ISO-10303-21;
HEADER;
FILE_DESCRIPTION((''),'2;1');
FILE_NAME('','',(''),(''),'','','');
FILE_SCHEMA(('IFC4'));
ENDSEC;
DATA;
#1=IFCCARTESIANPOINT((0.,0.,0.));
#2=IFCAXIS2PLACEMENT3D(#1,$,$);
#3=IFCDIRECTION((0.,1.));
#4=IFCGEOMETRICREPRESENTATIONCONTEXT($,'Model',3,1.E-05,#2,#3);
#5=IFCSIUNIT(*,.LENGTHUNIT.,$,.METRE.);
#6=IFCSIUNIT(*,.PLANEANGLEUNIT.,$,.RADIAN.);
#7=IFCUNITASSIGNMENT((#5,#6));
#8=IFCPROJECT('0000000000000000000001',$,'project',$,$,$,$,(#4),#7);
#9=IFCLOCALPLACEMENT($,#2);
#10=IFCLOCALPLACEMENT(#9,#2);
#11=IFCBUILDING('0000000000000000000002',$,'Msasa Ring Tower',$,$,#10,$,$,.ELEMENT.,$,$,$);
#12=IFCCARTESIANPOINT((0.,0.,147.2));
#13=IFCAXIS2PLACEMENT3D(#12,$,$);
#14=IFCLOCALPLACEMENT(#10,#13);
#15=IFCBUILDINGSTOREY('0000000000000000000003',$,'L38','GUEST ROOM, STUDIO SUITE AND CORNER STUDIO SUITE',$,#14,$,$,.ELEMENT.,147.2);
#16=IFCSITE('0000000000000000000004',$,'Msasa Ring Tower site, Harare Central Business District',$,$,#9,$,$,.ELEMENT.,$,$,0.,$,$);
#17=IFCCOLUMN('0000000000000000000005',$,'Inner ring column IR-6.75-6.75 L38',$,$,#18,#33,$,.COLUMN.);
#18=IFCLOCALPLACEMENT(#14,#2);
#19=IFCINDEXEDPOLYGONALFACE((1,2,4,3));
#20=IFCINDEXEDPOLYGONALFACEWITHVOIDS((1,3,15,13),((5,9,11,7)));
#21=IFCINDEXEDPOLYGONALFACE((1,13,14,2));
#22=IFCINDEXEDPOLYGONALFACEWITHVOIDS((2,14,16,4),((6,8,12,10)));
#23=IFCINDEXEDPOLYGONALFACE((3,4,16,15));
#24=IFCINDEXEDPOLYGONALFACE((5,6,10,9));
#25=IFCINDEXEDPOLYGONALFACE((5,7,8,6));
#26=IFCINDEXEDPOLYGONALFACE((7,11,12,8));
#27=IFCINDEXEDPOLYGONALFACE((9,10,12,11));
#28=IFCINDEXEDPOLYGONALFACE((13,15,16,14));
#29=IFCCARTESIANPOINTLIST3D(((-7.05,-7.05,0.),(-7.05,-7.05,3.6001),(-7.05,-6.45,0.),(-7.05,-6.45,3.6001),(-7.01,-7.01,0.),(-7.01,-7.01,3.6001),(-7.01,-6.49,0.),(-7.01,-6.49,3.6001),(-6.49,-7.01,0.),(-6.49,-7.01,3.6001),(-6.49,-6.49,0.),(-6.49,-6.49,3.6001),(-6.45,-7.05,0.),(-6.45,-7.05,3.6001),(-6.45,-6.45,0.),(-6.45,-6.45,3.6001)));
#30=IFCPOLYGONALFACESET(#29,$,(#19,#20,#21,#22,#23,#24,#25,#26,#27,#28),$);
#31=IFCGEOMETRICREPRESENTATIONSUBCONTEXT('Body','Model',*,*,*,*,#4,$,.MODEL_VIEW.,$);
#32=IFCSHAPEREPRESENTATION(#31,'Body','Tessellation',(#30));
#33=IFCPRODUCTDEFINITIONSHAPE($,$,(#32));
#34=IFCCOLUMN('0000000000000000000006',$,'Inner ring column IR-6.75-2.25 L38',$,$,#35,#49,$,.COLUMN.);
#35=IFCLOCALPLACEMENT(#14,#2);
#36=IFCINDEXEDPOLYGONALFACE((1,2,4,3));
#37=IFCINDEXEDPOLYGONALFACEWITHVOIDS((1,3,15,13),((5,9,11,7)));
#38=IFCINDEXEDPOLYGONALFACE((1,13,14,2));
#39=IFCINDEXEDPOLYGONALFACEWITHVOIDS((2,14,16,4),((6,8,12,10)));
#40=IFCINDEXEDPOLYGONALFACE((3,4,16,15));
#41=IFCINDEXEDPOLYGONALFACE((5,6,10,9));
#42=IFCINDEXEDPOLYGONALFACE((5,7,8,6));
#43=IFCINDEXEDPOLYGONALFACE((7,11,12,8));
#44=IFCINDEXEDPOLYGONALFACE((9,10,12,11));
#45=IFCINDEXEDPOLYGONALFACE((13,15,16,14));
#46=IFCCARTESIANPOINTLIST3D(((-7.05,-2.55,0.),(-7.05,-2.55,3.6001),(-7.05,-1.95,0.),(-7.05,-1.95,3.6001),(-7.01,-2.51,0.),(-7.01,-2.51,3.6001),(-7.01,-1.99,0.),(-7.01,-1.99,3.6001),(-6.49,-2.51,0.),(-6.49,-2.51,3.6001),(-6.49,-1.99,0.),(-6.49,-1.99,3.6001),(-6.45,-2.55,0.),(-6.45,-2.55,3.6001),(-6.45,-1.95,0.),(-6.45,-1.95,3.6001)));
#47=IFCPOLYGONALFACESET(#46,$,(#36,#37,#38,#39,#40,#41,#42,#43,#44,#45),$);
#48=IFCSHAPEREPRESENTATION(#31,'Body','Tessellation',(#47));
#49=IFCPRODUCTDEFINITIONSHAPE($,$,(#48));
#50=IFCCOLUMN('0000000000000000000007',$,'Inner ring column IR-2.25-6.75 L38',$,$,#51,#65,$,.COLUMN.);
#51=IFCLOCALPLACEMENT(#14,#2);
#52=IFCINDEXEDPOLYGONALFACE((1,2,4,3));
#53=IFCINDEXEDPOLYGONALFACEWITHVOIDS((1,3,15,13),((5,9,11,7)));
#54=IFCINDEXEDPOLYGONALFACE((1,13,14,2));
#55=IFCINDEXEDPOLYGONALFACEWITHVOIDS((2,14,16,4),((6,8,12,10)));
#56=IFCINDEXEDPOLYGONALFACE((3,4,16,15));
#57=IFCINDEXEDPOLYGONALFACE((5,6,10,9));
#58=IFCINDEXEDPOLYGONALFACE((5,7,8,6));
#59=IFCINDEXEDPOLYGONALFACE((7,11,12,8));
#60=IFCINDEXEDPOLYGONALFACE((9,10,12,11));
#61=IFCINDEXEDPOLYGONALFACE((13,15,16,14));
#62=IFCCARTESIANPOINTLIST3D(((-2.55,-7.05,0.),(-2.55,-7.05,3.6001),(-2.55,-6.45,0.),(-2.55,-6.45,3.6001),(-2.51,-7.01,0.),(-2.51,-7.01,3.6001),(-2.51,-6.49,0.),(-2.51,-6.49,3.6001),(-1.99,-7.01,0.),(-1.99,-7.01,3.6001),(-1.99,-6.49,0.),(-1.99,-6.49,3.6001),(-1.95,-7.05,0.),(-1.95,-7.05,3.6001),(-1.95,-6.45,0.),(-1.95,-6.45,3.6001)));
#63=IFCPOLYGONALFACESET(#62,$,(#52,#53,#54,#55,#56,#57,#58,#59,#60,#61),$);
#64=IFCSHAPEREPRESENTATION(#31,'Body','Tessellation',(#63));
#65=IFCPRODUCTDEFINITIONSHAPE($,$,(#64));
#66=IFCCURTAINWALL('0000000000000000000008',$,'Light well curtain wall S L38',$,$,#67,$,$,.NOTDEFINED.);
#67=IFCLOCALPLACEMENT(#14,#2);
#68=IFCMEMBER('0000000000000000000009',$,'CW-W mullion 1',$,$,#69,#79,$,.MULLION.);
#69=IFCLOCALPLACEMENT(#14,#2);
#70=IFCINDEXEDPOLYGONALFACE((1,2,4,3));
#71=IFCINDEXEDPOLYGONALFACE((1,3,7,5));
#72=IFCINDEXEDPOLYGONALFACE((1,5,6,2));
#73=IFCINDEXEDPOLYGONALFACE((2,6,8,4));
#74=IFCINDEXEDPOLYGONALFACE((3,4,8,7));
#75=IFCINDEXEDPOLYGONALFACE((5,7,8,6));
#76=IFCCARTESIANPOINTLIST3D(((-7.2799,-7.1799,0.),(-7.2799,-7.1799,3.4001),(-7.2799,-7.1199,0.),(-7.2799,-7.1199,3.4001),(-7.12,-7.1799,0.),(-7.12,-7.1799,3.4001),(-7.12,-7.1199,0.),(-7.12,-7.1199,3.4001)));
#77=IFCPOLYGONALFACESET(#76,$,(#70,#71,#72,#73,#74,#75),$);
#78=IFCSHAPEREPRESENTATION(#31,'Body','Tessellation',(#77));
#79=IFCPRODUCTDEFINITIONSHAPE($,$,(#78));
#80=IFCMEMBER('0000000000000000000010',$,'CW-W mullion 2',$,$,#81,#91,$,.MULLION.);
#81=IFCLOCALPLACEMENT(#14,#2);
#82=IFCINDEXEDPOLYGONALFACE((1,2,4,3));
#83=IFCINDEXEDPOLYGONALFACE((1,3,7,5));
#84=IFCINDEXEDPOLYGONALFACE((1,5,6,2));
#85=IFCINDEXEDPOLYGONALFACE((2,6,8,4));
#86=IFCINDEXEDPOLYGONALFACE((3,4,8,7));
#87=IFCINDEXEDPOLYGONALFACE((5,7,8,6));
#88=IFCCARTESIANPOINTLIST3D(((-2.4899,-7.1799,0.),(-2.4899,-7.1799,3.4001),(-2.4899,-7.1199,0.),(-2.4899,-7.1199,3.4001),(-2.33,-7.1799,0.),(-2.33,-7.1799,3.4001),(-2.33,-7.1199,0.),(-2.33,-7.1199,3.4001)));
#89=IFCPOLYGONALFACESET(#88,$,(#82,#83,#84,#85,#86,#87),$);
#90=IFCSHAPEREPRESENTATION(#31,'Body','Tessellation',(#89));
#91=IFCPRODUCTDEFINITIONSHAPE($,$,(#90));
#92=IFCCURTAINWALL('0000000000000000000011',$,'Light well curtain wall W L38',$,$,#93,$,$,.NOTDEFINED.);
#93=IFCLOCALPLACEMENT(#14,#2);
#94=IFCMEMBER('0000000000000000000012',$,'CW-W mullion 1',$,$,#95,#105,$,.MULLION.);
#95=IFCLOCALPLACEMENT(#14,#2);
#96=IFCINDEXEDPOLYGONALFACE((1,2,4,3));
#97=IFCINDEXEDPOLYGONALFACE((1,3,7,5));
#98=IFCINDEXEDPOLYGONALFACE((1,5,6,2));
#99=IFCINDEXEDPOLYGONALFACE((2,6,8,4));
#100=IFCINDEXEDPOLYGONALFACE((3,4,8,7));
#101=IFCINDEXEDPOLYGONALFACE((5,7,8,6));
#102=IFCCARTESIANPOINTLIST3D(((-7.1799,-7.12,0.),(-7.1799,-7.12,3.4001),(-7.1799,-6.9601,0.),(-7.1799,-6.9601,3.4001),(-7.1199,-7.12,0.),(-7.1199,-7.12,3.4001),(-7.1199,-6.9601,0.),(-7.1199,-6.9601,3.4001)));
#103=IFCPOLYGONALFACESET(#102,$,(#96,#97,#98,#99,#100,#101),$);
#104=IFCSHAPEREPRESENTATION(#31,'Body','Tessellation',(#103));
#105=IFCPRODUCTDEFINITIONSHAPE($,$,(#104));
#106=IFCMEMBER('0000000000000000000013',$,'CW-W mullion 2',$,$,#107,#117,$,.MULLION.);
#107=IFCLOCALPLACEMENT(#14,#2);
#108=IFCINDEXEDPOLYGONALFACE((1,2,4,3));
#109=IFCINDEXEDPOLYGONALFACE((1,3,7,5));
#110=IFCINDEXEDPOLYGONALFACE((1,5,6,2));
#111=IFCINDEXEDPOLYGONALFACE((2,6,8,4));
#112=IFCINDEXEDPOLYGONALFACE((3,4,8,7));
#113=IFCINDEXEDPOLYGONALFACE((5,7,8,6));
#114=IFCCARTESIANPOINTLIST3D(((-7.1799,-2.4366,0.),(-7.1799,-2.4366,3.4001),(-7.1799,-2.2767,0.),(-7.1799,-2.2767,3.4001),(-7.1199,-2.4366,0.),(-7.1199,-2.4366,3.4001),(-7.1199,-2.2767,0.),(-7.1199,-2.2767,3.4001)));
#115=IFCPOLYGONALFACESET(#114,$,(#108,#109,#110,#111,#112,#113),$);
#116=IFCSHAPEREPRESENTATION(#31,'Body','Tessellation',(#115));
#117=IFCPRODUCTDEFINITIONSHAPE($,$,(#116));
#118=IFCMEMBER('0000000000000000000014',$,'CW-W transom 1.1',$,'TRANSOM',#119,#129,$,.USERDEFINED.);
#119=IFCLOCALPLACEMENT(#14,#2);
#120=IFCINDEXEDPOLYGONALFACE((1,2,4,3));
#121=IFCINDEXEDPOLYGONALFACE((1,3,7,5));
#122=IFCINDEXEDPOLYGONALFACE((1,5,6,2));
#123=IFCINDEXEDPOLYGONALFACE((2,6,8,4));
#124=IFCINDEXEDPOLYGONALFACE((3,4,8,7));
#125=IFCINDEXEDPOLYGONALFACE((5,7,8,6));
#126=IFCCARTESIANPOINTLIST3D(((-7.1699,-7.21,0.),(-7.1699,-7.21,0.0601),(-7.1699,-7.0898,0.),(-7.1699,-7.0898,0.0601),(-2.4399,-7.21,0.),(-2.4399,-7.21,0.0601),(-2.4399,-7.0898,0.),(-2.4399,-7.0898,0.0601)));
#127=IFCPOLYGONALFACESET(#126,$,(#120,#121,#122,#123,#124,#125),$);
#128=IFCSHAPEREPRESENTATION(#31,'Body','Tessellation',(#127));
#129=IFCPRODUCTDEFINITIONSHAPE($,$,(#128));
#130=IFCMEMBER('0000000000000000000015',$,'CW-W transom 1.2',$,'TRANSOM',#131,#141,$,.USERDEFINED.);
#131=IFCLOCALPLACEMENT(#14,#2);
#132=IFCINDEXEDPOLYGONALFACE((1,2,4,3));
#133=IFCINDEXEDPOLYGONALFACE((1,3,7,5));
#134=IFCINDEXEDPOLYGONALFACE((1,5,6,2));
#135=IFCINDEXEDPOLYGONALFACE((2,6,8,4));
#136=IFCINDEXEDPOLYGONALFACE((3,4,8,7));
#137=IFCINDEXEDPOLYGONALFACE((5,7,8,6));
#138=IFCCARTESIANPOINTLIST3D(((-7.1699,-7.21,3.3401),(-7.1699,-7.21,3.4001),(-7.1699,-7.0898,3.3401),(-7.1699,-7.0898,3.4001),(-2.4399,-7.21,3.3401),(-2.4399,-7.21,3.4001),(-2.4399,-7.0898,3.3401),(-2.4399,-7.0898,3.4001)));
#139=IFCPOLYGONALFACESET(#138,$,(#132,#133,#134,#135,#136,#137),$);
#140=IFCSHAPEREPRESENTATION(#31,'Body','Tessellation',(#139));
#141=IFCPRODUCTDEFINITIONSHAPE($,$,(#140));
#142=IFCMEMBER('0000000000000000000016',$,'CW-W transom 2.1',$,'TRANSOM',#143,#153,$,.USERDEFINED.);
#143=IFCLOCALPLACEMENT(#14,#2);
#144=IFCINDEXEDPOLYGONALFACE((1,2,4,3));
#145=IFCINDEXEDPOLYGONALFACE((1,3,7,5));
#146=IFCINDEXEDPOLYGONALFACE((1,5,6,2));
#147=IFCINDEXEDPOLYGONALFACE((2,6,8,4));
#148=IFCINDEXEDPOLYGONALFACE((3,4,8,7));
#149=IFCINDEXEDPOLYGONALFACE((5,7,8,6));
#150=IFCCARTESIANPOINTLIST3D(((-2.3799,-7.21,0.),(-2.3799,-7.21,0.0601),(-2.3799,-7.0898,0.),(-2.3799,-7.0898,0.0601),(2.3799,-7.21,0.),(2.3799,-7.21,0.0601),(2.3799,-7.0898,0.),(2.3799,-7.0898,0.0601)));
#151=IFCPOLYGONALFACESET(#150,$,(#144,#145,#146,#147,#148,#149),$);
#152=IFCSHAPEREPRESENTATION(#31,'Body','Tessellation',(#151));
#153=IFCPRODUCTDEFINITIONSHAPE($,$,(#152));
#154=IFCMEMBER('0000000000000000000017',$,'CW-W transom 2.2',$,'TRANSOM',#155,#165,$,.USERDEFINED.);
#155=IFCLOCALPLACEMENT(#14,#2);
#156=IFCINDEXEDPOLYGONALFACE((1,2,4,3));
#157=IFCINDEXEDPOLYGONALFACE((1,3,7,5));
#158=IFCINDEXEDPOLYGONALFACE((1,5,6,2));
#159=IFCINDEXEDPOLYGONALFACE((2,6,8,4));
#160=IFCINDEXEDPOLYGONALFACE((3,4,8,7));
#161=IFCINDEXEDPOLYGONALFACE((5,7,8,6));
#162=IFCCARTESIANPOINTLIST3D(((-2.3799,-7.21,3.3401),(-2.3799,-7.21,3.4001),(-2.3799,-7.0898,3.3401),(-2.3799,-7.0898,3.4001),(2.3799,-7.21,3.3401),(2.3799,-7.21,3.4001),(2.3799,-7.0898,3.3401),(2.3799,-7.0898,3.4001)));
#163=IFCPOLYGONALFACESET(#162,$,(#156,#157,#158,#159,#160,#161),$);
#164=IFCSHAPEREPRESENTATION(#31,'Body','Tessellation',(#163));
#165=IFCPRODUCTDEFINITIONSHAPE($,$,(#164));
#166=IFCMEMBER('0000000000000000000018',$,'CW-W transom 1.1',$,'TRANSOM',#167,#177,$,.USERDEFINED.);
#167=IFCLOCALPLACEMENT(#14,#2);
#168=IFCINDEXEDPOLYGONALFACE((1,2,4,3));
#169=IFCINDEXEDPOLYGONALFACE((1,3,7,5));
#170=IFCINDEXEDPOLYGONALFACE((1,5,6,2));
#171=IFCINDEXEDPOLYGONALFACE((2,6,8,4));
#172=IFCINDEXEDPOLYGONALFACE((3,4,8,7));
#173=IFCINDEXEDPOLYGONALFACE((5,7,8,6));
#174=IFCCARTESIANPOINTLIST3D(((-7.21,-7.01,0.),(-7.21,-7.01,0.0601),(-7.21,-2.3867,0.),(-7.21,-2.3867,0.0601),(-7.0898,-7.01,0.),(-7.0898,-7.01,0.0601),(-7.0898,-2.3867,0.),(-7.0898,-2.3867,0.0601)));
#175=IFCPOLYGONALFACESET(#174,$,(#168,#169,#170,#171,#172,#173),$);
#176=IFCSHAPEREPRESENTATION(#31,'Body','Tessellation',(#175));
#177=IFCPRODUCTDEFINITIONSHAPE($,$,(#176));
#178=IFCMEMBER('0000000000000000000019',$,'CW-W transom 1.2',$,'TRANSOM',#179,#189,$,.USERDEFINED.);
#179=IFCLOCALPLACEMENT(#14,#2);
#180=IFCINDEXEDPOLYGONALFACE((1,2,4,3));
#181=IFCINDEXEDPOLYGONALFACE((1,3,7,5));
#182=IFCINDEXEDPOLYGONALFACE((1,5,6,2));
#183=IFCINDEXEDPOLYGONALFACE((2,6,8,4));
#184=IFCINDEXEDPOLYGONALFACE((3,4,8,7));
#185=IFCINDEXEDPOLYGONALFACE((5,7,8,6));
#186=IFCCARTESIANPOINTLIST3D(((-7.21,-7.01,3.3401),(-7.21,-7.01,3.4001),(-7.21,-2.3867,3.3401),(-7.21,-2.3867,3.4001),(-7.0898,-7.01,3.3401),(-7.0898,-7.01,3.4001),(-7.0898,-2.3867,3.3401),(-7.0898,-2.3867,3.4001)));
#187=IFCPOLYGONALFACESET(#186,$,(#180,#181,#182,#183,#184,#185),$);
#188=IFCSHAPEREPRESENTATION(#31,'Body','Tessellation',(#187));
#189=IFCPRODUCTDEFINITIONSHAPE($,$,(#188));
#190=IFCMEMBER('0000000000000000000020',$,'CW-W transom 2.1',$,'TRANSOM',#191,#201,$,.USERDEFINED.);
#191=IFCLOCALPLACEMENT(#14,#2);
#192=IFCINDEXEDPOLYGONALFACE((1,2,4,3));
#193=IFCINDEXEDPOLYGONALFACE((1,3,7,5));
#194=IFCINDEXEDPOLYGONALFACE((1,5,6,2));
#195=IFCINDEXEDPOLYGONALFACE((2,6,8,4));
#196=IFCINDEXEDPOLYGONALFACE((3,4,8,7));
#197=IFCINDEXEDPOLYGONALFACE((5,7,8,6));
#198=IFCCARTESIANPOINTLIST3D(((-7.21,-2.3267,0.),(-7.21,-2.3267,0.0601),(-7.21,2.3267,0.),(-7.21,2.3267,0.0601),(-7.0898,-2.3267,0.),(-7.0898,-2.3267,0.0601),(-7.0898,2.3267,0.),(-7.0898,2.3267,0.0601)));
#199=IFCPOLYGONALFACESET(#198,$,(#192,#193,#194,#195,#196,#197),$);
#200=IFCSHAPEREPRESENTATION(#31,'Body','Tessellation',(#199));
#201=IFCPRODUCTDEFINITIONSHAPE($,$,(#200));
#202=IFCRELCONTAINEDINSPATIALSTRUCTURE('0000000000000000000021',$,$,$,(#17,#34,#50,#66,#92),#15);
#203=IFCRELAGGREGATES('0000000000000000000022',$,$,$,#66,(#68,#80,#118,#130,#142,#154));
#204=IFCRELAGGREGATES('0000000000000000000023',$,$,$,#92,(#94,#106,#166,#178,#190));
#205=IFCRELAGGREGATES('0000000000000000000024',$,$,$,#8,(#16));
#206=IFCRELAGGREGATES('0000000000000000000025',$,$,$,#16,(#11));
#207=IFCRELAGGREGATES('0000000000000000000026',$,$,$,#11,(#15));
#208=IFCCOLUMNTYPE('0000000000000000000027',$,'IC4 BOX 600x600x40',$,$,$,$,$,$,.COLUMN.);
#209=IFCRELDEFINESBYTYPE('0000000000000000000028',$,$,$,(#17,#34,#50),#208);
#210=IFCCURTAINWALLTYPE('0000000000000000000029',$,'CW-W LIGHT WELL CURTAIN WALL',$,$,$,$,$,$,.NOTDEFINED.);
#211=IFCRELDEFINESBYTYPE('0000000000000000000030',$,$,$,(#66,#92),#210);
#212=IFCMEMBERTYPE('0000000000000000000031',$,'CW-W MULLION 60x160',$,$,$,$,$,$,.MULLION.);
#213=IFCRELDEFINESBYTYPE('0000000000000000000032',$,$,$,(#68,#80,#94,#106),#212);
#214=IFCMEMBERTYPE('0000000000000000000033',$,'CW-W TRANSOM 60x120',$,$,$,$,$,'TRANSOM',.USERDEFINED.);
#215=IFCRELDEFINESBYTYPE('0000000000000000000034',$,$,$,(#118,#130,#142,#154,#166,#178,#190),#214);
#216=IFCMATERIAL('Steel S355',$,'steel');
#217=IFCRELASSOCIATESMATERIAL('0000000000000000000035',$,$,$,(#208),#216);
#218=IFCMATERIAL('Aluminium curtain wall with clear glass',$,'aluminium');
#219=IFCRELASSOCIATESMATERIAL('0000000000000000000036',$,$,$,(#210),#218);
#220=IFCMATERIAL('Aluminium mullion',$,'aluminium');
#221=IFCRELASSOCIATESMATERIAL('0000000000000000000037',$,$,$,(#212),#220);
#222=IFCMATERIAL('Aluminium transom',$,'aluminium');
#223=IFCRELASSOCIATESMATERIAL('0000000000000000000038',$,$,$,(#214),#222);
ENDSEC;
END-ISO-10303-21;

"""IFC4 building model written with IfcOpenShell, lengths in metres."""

from ifc_helpers import new_model, si_unit, direction, frame, origin, origin_2d, place, context, subcontext, project, spatial, rectangle, hollow_rectangle, extrude, material, material_profile, profile_set, type_object, element, aggregate, save


model = new_model("IFC4")

# Units and contexts
model_context = context("Model", 3, precision=1e-05, world=origin(), true_north=direction((0.0, 1.0)))
body_context = subcontext(model_context, "Body", "Model", "MODEL_VIEW")
ifc_project = project(units=[si_unit("LENGTHUNIT", "METRE"), si_unit("PLANEANGLEUNIT", "RADIAN")], contexts=[model_context])

# Site, building, storey
site_placement = place(None, origin())
site = spatial("IfcSite", under=ifc_project, at=site_placement, Name="Msasa Ring Tower site, Harare Central Business District", CompositionType="ELEMENT", RefElevation=0.0)
building_placement = place(site_placement, origin())
building = spatial("IfcBuilding", under=site, at=building_placement, Name="Msasa Ring Tower", CompositionType="ELEMENT")
storey_placement = place(building_placement, frame((0.0, 0.0, 147.2)))
storey = spatial("IfcBuildingStorey", under=building, at=storey_placement, Name="L38", Description="GUEST ROOM, STUDIO SUITE AND CORNER STUDIO SUITE", CompositionType="ELEMENT", Elevation=147.2)

# Columns
ifc_material_1 = material(Name="Steel S355", Category="steel")
ifc_material_profile_1 = material_profile(ifc_material_1, hollow_rectangle(XDim=0.6001, YDim=0.6001, WallThickness=0.04, at=origin_2d()), Name="BOX 600x600x40")
ifc_profile_set_1 = profile_set([ifc_material_profile_1], Name="Steel S355")
column_type = type_object("IfcColumnType", Name="IC4 BOX 600x600x40", PredefinedType="COLUMN", material=ifc_profile_set_1)
for number, where, z_axis, x_axis, name in (
    (1, (-6.75, -6.75, 0.0), (0.0, 0.0, 1.0), (1.0, 0.0, 0.0), "Inner ring column IR-6.75-6.75 L38"),
    (2, (-6.75, -2.25, 0.0), (0.0, 0.0, 1.0), (1.0, 0.0, 0.0), "Inner ring column IR-6.75-2.25 L38"),
    (3, (-2.25, -6.75, 0.0), (0.0, 0.0, 1.0), (1.0, 0.0, 0.0), "Inner ring column IR-2.25-6.75 L38"),
):
    element("IfcColumn", number, at=place(storey_placement, frame(where, z_axis=z_axis, x_axis=x_axis)), inside=storey, type_object=column_type, Name=name, PredefinedType="COLUMN", context=body_context, shape_type="SweptSolid", body=[
        extrude(hollow_rectangle(XDim=0.6001, YDim=0.6001, WallThickness=0.04, at=origin_2d()), origin(), (0.0, 0.0, 1.0), 3.6001),
    ])

# Curtain walls, members
ifc_material_2 = material(Name="Aluminium curtain wall with clear glass", Category="aluminium")
curtain_wall_type = type_object("IfcCurtainWallType", Name="CW-W LIGHT WELL CURTAIN WALL", PredefinedType="NOTDEFINED", material=ifc_material_2)
curtain_wall_1_placement = place(storey_placement, origin())
curtain_wall_1 = element("IfcCurtainWall", 4, at=curtain_wall_1_placement, inside=storey, type_object=curtain_wall_type, Name="Light well curtain wall S L38", PredefinedType="NOTDEFINED")
ifc_material_3 = material(Name="Aluminium mullion", Category="aluminium")
ifc_material_profile_2 = material_profile(ifc_material_3, rectangle(XDim=0.0601, YDim=0.1599, at=origin_2d()), Name="AL 60x160")
ifc_profile_set_2 = profile_set([ifc_material_profile_2], Name="Aluminium mullion")
member_type_1 = type_object("IfcMemberType", Name="CW-W MULLION 60x160", PredefinedType="MULLION", material=ifc_profile_set_2)
member_1_placement = place(storey_placement, frame((-7.2, -7.1499, 0.0), z_axis=(0.0, 0.0, 1.0), x_axis=(0.0, 1.0, 0.0)))
member_1 = element("IfcMember", 5, at=member_1_placement, type_object=member_type_1, Name="CW-W mullion 1", PredefinedType="MULLION", context=body_context, shape_type="SweptSolid", body=[
    extrude(rectangle(XDim=0.0601, YDim=0.1599, at=origin_2d()), origin(), (0.0, 0.0, 1.0), 3.4001),
])
member_2_placement = place(storey_placement, frame((-2.4099, -7.1499, 0.0), z_axis=(0.0, 0.0, 1.0), x_axis=(0.0, 1.0, 0.0)))
member_2 = element("IfcMember", 6, at=member_2_placement, type_object=member_type_1, Name="CW-W mullion 2", PredefinedType="MULLION", context=body_context, shape_type="SweptSolid", body=[
    extrude(rectangle(XDim=0.0601, YDim=0.1599, at=origin_2d()), origin(), (0.0, 0.0, 1.0), 3.4001),
])
curtain_wall_2_placement = place(storey_placement, origin())
curtain_wall_2 = element("IfcCurtainWall", 7, at=curtain_wall_2_placement, inside=storey, type_object=curtain_wall_type, Name="Light well curtain wall W L38", PredefinedType="NOTDEFINED")
member_3_placement = place(storey_placement, frame((-7.1499, -7.04, 0.0), z_axis=(0.0, 0.0, 1.0), x_axis=(-1.0, 0.0, 0.0)))
member_3 = element("IfcMember", 8, at=member_3_placement, type_object=member_type_1, Name="CW-W mullion 1", PredefinedType="MULLION", context=body_context, shape_type="SweptSolid", body=[
    extrude(rectangle(XDim=0.0601, YDim=0.1599, at=origin_2d()), origin(), (0.0, 0.0, 1.0), 3.4001),
])
member_4_placement = place(storey_placement, frame((-7.1499, -2.3567, 0.0), z_axis=(0.0, 0.0, 1.0), x_axis=(-1.0, 0.0, 0.0)))
member_4 = element("IfcMember", 9, at=member_4_placement, type_object=member_type_1, Name="CW-W mullion 2", PredefinedType="MULLION", context=body_context, shape_type="SweptSolid", body=[
    extrude(rectangle(XDim=0.0601, YDim=0.1599, at=origin_2d()), origin(), (0.0, 0.0, 1.0), 3.4001),
])

# Members
ifc_material_4 = material(Name="Aluminium transom", Category="aluminium")
ifc_material_profile_3 = material_profile(ifc_material_4, rectangle(XDim=0.1201, YDim=0.0601, at=origin_2d()), Name="AL 60x120")
ifc_profile_set_3 = profile_set([ifc_material_profile_3], Name="Aluminium transom")
member_type_2 = type_object("IfcMemberType", Name="CW-W TRANSOM 60x120", ElementType="TRANSOM", PredefinedType="USERDEFINED", material=ifc_profile_set_3)
member_5_placement = place(storey_placement, frame((-7.1699, -7.1499, 0.03), z_axis=(1.0, 0.0, 0.0), x_axis=(0.0, 1.0, 0.0)))
member_5 = element("IfcMember", 10, at=member_5_placement, type_object=member_type_2, Name="CW-W transom 1.1", ObjectType="TRANSOM", PredefinedType="USERDEFINED", context=body_context, shape_type="SweptSolid", body=[
    extrude(rectangle(XDim=0.1201, YDim=0.0601, at=origin_2d()), origin(), (0.0, 0.0, 1.0), 4.73),
])
member_6_placement = place(storey_placement, frame((-7.1699, -7.1499, 3.3701), z_axis=(1.0, 0.0, 0.0), x_axis=(0.0, 1.0, 0.0)))
member_6 = element("IfcMember", 11, at=member_6_placement, type_object=member_type_2, Name="CW-W transom 1.2", ObjectType="TRANSOM", PredefinedType="USERDEFINED", context=body_context, shape_type="SweptSolid", body=[
    extrude(rectangle(XDim=0.1201, YDim=0.0601, at=origin_2d()), origin(), (0.0, 0.0, 1.0), 4.73),
])
member_7_placement = place(storey_placement, frame((-2.3799, -7.1499, 0.03), z_axis=(1.0, 0.0, 0.0), x_axis=(0.0, 1.0, 0.0)))
member_7 = element("IfcMember", 12, at=member_7_placement, type_object=member_type_2, Name="CW-W transom 2.1", ObjectType="TRANSOM", PredefinedType="USERDEFINED", context=body_context, shape_type="SweptSolid", body=[
    extrude(rectangle(XDim=0.1201, YDim=0.0601, at=origin_2d()), origin(), (0.0, 0.0, 1.0), 4.7598),
])
member_8_placement = place(storey_placement, frame((-2.3799, -7.1499, 3.3701), z_axis=(1.0, 0.0, 0.0), x_axis=(0.0, 1.0, 0.0)))
member_8 = element("IfcMember", 13, at=member_8_placement, type_object=member_type_2, Name="CW-W transom 2.2", ObjectType="TRANSOM", PredefinedType="USERDEFINED", context=body_context, shape_type="SweptSolid", body=[
    extrude(rectangle(XDim=0.1201, YDim=0.0601, at=origin_2d()), origin(), (0.0, 0.0, 1.0), 4.7598),
])
member_9_placement = place(storey_placement, frame((-7.1499, -7.01, 0.03), z_axis=(0.0, 1.0, 0.0), x_axis=(-1.0, 0.0, 0.0)))
member_9 = element("IfcMember", 14, at=member_9_placement, type_object=member_type_2, Name="CW-W transom 1.1", ObjectType="TRANSOM", PredefinedType="USERDEFINED", context=body_context, shape_type="SweptSolid", body=[
    extrude(rectangle(XDim=0.1201, YDim=0.0601, at=origin_2d()), origin(), (0.0, 0.0, 1.0), 4.6233),
])
member_10_placement = place(storey_placement, frame((-7.1499, -7.01, 3.3701), z_axis=(0.0, 1.0, 0.0), x_axis=(-1.0, 0.0, 0.0)))
member_10 = element("IfcMember", 15, at=member_10_placement, type_object=member_type_2, Name="CW-W transom 1.2", ObjectType="TRANSOM", PredefinedType="USERDEFINED", context=body_context, shape_type="SweptSolid", body=[
    extrude(rectangle(XDim=0.1201, YDim=0.0601, at=origin_2d()), origin(), (0.0, 0.0, 1.0), 4.6233),
])
member_11_placement = place(storey_placement, frame((-7.1499, -2.3267, 0.03), z_axis=(0.0, 1.0, 0.0), x_axis=(-1.0, 0.0, 0.0)))
member_11 = element("IfcMember", 16, at=member_11_placement, type_object=member_type_2, Name="CW-W transom 2.1", ObjectType="TRANSOM", PredefinedType="USERDEFINED", context=body_context, shape_type="SweptSolid", body=[
    extrude(rectangle(XDim=0.1201, YDim=0.0601, at=origin_2d()), origin(), (0.0, 0.0, 1.0), 4.6533),
])

aggregate(curtain_wall_1, [member_1, member_2, member_5, member_6, member_7, member_8])
aggregate(curtain_wall_2, [member_3, member_4, member_9, member_10, member_11])

save(model, "model.ifc")
